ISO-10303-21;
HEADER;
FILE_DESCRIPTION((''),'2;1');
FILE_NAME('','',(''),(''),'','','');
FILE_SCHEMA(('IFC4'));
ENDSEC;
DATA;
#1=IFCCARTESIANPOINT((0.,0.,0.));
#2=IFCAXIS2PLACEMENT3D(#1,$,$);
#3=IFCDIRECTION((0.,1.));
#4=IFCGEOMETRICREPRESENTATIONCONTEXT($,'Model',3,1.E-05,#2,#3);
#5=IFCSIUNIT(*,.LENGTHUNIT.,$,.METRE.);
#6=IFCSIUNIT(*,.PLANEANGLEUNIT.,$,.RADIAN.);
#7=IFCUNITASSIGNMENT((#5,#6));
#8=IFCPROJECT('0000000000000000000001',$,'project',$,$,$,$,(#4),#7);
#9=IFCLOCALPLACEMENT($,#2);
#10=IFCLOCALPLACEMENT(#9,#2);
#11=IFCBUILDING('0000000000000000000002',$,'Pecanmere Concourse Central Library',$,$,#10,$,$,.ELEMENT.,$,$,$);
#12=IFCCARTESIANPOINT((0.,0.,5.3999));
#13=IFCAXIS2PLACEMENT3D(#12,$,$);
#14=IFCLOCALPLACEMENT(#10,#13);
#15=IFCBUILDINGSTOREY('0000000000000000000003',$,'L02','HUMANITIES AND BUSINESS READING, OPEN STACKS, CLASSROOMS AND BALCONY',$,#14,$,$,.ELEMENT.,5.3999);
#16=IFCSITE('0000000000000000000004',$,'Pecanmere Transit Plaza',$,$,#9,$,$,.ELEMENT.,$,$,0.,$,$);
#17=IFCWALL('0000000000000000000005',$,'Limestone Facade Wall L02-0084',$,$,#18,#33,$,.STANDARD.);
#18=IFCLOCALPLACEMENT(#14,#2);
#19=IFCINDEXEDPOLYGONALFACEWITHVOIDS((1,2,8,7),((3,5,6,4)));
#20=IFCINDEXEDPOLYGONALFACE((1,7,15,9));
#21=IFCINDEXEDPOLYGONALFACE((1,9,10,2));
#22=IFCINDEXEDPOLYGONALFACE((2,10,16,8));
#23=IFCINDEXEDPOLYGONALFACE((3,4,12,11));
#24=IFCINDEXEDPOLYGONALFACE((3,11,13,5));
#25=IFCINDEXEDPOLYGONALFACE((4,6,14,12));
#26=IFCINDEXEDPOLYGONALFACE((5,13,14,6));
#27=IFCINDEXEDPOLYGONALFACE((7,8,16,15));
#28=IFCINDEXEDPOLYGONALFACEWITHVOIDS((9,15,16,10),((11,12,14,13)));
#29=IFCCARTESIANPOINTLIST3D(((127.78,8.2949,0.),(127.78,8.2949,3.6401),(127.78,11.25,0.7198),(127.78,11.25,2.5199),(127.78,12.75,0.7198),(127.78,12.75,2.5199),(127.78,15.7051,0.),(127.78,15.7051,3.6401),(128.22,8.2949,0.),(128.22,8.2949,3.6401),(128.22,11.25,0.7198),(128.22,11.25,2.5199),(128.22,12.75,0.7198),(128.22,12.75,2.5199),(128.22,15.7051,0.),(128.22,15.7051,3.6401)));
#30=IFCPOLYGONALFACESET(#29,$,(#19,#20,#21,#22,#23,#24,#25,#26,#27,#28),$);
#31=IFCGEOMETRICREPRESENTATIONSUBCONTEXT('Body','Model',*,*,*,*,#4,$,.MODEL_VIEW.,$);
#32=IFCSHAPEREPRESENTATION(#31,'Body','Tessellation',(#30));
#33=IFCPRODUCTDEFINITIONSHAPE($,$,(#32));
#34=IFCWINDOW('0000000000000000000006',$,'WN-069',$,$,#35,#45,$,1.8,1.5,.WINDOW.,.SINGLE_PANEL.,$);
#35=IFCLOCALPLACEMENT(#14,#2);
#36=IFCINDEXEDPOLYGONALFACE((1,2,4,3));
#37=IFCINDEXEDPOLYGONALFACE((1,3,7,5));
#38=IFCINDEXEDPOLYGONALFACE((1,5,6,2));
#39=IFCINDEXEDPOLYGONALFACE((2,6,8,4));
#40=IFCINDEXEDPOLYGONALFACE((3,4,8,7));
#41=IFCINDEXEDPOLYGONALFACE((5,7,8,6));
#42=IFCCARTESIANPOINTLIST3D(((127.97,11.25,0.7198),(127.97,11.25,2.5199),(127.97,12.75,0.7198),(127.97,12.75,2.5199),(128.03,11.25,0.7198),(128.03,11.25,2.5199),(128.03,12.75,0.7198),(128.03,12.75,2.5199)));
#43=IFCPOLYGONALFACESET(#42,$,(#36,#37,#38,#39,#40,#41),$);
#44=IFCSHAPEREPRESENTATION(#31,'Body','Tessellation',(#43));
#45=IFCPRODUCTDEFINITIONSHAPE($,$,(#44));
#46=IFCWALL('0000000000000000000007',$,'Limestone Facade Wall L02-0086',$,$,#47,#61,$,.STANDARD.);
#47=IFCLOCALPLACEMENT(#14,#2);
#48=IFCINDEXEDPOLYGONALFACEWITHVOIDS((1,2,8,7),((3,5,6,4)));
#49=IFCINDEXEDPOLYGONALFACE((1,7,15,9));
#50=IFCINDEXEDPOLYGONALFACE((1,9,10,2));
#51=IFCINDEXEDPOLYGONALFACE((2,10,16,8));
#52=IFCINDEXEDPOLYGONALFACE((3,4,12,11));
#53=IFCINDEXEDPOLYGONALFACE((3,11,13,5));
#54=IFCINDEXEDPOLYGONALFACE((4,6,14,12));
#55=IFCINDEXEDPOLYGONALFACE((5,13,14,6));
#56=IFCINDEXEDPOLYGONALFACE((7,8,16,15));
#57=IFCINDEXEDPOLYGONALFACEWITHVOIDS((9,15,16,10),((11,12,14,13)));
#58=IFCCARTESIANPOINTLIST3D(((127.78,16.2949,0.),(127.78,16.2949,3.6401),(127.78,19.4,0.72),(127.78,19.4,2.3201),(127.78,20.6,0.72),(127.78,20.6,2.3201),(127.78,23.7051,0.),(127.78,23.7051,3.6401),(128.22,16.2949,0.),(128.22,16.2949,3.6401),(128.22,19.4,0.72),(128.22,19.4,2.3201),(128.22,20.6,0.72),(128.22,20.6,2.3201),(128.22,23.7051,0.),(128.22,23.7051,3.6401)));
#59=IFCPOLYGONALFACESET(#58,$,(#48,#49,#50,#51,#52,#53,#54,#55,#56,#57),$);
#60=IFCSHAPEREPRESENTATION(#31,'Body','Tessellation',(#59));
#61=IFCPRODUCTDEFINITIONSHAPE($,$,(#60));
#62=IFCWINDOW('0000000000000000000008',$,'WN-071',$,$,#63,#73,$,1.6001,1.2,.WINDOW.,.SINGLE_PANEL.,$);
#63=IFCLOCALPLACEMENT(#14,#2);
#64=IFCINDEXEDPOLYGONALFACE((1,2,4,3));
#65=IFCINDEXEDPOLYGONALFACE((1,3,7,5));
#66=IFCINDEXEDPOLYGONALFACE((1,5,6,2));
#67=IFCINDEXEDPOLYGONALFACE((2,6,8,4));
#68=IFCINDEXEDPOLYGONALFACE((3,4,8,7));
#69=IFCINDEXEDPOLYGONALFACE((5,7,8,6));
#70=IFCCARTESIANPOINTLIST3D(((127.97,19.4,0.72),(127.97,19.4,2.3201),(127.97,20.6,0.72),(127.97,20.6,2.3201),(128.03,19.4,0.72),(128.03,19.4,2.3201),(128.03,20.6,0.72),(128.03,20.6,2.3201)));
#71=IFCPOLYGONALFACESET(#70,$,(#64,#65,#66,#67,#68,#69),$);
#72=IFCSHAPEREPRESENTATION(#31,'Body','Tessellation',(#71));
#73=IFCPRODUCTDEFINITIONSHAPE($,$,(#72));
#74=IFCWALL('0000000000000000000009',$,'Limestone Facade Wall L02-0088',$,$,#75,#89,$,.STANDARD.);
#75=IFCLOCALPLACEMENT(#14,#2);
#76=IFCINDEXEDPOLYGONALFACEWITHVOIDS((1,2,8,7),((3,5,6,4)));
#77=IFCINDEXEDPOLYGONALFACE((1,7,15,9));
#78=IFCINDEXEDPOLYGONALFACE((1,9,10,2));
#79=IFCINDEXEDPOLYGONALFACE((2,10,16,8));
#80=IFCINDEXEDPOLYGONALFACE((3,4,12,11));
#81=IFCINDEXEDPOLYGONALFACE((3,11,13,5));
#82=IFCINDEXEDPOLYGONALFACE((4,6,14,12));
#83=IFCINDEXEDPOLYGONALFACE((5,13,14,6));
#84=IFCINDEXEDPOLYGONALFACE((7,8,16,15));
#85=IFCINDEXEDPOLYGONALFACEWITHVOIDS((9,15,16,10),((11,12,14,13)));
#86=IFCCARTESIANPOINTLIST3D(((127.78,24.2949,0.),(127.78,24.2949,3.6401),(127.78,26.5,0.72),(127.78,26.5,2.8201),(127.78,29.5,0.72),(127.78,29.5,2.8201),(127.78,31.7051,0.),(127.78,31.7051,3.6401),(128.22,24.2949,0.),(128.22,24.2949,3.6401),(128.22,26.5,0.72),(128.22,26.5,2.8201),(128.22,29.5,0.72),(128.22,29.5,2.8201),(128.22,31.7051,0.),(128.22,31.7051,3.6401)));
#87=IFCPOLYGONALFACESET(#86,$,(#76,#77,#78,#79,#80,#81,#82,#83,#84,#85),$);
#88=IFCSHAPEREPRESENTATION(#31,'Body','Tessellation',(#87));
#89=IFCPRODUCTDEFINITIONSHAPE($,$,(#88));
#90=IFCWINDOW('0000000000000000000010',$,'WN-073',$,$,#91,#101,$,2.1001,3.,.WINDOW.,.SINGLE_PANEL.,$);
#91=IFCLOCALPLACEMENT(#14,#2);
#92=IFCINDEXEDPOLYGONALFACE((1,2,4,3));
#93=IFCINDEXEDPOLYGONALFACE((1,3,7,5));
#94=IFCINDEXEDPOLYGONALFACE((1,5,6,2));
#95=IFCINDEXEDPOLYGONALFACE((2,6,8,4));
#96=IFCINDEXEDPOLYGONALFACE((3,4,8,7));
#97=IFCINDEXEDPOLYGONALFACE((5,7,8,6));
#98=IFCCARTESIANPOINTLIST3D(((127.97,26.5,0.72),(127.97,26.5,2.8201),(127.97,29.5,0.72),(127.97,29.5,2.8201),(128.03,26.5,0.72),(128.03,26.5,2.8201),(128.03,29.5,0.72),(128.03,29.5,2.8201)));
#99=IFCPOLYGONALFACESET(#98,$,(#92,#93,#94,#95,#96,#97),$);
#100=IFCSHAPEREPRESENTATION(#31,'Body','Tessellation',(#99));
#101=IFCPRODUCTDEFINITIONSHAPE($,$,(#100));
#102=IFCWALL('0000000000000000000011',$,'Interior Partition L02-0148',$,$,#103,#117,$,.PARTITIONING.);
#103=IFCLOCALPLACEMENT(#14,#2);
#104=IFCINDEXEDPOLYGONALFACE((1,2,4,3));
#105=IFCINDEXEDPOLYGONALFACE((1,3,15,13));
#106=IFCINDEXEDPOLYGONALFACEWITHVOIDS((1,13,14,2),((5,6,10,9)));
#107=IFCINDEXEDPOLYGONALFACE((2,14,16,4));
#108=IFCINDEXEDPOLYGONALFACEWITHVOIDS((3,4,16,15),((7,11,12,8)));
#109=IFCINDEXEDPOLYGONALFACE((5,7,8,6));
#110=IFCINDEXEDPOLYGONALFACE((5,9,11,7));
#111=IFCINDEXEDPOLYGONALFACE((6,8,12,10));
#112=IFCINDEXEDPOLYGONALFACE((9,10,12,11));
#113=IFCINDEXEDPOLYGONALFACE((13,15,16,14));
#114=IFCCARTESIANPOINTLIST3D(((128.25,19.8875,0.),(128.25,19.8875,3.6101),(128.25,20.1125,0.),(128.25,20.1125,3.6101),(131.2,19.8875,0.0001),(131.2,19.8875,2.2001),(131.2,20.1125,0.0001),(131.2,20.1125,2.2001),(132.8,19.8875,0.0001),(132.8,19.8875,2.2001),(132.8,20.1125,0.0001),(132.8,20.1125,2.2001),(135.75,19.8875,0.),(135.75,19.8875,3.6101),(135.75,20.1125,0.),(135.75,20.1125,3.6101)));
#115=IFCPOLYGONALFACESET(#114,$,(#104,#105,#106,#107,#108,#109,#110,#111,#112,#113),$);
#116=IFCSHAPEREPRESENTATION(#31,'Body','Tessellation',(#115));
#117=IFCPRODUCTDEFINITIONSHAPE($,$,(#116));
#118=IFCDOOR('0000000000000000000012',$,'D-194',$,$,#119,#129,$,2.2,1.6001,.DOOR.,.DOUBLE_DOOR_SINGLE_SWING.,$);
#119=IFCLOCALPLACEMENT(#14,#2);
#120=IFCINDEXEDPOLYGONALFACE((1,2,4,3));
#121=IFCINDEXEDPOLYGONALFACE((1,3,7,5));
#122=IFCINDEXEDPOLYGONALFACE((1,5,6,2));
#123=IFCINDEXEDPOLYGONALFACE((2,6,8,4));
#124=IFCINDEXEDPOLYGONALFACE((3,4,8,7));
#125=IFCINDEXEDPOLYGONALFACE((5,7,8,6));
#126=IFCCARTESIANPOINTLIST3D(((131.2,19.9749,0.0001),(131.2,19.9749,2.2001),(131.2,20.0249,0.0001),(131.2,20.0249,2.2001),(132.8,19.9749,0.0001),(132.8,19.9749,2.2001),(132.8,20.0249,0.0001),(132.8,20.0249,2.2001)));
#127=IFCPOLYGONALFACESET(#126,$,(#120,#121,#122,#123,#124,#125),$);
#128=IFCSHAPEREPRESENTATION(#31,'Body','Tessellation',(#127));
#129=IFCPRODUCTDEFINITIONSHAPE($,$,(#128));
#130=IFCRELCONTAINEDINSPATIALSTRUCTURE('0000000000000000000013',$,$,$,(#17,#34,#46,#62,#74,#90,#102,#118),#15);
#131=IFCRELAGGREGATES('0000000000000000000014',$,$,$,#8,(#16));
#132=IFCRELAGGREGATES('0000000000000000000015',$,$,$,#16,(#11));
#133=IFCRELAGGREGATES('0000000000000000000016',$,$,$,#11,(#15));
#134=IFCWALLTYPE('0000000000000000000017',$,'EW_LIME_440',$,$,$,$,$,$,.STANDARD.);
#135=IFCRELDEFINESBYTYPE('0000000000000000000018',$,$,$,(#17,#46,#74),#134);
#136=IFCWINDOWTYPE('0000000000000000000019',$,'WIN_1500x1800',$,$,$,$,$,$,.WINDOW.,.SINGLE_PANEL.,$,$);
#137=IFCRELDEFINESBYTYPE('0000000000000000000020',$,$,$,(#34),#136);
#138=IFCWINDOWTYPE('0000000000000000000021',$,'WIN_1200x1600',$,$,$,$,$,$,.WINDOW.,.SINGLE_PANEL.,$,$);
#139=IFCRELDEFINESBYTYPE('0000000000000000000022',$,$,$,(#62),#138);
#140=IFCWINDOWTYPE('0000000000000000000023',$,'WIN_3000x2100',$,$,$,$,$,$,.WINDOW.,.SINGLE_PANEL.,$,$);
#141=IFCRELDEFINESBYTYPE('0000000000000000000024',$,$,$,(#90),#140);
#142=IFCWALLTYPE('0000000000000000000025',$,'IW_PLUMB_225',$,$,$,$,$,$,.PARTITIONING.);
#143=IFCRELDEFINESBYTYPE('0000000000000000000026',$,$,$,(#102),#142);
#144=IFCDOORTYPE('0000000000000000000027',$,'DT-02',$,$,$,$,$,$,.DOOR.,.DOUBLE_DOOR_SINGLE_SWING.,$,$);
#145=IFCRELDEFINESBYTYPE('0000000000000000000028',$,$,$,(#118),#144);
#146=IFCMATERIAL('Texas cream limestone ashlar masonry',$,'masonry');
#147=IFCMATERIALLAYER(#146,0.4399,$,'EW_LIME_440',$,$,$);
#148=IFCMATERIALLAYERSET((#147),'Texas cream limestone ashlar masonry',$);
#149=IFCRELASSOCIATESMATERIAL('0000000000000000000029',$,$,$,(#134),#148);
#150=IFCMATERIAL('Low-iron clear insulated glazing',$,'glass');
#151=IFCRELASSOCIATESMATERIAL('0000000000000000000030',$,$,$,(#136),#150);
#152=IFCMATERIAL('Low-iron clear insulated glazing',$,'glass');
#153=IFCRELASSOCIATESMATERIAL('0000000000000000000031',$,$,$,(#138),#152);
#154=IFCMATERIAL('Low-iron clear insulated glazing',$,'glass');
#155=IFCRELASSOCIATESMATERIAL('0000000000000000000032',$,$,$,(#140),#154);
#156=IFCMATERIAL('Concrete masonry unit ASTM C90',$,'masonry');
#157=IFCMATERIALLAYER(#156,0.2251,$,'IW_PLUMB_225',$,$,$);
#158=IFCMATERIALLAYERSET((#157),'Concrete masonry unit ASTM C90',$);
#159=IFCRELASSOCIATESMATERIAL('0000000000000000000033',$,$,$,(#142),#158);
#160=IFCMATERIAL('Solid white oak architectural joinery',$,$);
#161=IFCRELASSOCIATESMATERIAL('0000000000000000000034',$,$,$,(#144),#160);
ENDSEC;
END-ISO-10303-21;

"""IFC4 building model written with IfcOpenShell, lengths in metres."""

from ifc_helpers import new_model, si_unit, direction, frame, frame_2d, origin, place, context, subcontext, project, spatial, rectangle, extrude, material, layer, layer_set, type_object, element, fill, save


model = new_model("IFC4")

# Units and contexts
model_context = context("Model", 3, precision=1e-05, world=origin(), true_north=direction((0.0, 1.0)))
body_context = subcontext(model_context, "Body", "Model", "MODEL_VIEW")
ifc_project = project(units=[si_unit("LENGTHUNIT", "METRE"), si_unit("PLANEANGLEUNIT", "RADIAN")], contexts=[model_context])

# Site, building, storey
site_placement = place(None, origin())
site = spatial("IfcSite", under=ifc_project, at=site_placement, Name="Pecanmere Transit Plaza", CompositionType="ELEMENT", RefElevation=0.0)
building_placement = place(site_placement, origin())
building = spatial("IfcBuilding", under=site, at=building_placement, Name="Pecanmere Concourse Central Library", CompositionType="ELEMENT")
storey_placement = place(building_placement, frame((0.0, 0.0, 5.3999)))
storey = spatial("IfcBuildingStorey", under=building, at=storey_placement, Name="L02", Description="HUMANITIES AND BUSINESS READING, OPEN STACKS, CLASSROOMS AND BALCONY", CompositionType="ELEMENT", Elevation=5.3999)

# Walls, openings, windows
ifc_material_1 = material(Name="Texas cream limestone ashlar masonry", Category="masonry")
ifc_layer_1 = layer(ifc_material_1, 0.4399, Name="EW_LIME_440")
ifc_layer_set_1 = layer_set([ifc_layer_1], Name="Texas cream limestone ashlar masonry")
wall_type_1 = type_object("IfcWallType", Name="EW_LIME_440", PredefinedType="STANDARD", material=ifc_layer_set_1)
wall_1_placement = place(storey_placement, frame((128.0, 15.7051, 0.0), z_axis=(0.0, 0.0, 1.0), x_axis=(0.0, -1.0, 0.0)))
wall_1 = element("IfcWall", 1, at=wall_1_placement, inside=storey, type_object=wall_type_1, Name="Limestone Facade Wall L02-0084", PredefinedType="STANDARD", context=body_context, shape_type="SweptSolid", body=[
    extrude(rectangle(XDim=7.4102, YDim=0.4399, at=frame_2d((3.7051, 0.0))), origin(), (0.0, 0.0, 1.0), 3.6401),
])
opening_1_placement = place(wall_1_placement, frame((2.9551, 0.0, 0.72)))
opening_1 = element("IfcOpeningElement", 2, at=opening_1_placement, cuts=wall_1, PredefinedType="OPENING", context=body_context, shape_type="SweptSolid", body=[
    extrude(rectangle(XDim=1.5, YDim=1.8, at=frame_2d((0.75, 0.8999))), frame((0.0, 0.2319, 0.0), z_axis=(0.0, -1.0, 0.0), x_axis=(1.0, 0.0, 0.0)), (0.0, 0.0, 1.0), 0.4639),
])
ifc_material_2 = material(Name="Low-iron clear insulated glazing", Category="glass")
window_type_1 = type_object("IfcWindowType", Name="WIN_1500x1800", PartitioningType="SINGLE_PANEL", PredefinedType="WINDOW", material=ifc_material_2)
window_1_placement = place(opening_1_placement, origin())
window_1 = element("IfcWindow", 3, at=window_1_placement, inside=storey, type_object=window_type_1, Name="WN-069", OverallHeight=1.8, OverallWidth=1.5, PartitioningType="SINGLE_PANEL", PredefinedType="WINDOW", context=body_context, shape_type="SweptSolid", body=[
    extrude(rectangle(XDim=1.5, YDim=1.8, at=frame_2d((0.75, 0.8999))), frame((0.0, 0.03, 0.0), z_axis=(0.0, -1.0, 0.0), x_axis=(1.0, 0.0, 0.0)), (0.0, 0.0, 1.0), 0.0601),
])
fill(opening_1, window_1)
wall_2_placement = place(storey_placement, frame((128.0, 23.7051, 0.0), z_axis=(0.0, 0.0, 1.0), x_axis=(0.0, -1.0, 0.0)))
wall_2 = element("IfcWall", 4, at=wall_2_placement, inside=storey, type_object=wall_type_1, Name="Limestone Facade Wall L02-0086", PredefinedType="STANDARD", context=body_context, shape_type="SweptSolid", body=[
    extrude(rectangle(XDim=7.4102, YDim=0.4399, at=frame_2d((3.7051, 0.0))), origin(), (0.0, 0.0, 1.0), 3.6401),
])
opening_2_placement = place(wall_2_placement, frame((3.105, 0.0, 0.72)))
opening_2 = element("IfcOpeningElement", 5, at=opening_2_placement, cuts=wall_2, PredefinedType="OPENING", context=body_context, shape_type="SweptSolid", body=[
    extrude(rectangle(XDim=1.2, YDim=1.6001, at=frame_2d((0.6001, 0.8))), frame((0.0, 0.2319, 0.0), z_axis=(0.0, -1.0, 0.0), x_axis=(1.0, 0.0, 0.0)), (0.0, 0.0, 1.0), 0.4639),
])
ifc_material_3 = material(Name="Low-iron clear insulated glazing", Category="glass")
window_type_2 = type_object("IfcWindowType", Name="WIN_1200x1600", PartitioningType="SINGLE_PANEL", PredefinedType="WINDOW", material=ifc_material_3)
window_2_placement = place(opening_2_placement, origin())
window_2 = element("IfcWindow", 6, at=window_2_placement, inside=storey, type_object=window_type_2, Name="WN-071", OverallHeight=1.6001, OverallWidth=1.2, PartitioningType="SINGLE_PANEL", PredefinedType="WINDOW", context=body_context, shape_type="SweptSolid", body=[
    extrude(rectangle(XDim=1.2, YDim=1.6001, at=frame_2d((0.6001, 0.8))), frame((0.0, 0.03, 0.0), z_axis=(0.0, -1.0, 0.0), x_axis=(1.0, 0.0, 0.0)), (0.0, 0.0, 1.0), 0.0601),
])
fill(opening_2, window_2)
wall_3_placement = place(storey_placement, frame((128.0, 31.7051, 0.0), z_axis=(0.0, 0.0, 1.0), x_axis=(0.0, -1.0, 0.0)))
wall_3 = element("IfcWall", 7, at=wall_3_placement, inside=storey, type_object=wall_type_1, Name="Limestone Facade Wall L02-0088", PredefinedType="STANDARD", context=body_context, shape_type="SweptSolid", body=[
    extrude(rectangle(XDim=7.4102, YDim=0.4399, at=frame_2d((3.7051, 0.0))), origin(), (0.0, 0.0, 1.0), 3.6401),
])
opening_3_placement = place(wall_3_placement, frame((2.2051, 0.0, 0.72)))
opening_3 = element("IfcOpeningElement", 8, at=opening_3_placement, cuts=wall_3, PredefinedType="OPENING", context=body_context, shape_type="SweptSolid", body=[
    extrude(rectangle(XDim=3.0, YDim=2.1001, at=frame_2d((1.5, 1.05))), frame((0.0, 0.2319, 0.0), z_axis=(0.0, -1.0, 0.0), x_axis=(1.0, 0.0, 0.0)), (0.0, 0.0, 1.0), 0.4639),
])
ifc_material_4 = material(Name="Low-iron clear insulated glazing", Category="glass")
window_type_3 = type_object("IfcWindowType", Name="WIN_3000x2100", PartitioningType="SINGLE_PANEL", PredefinedType="WINDOW", material=ifc_material_4)
window_3_placement = place(opening_3_placement, origin())
window_3 = element("IfcWindow", 9, at=window_3_placement, inside=storey, type_object=window_type_3, Name="WN-073", OverallHeight=2.1001, OverallWidth=3.0, PartitioningType="SINGLE_PANEL", PredefinedType="WINDOW", context=body_context, shape_type="SweptSolid", body=[
    extrude(rectangle(XDim=3.0, YDim=2.1001, at=frame_2d((1.5, 1.05))), frame((0.0, 0.03, 0.0), z_axis=(0.0, -1.0, 0.0), x_axis=(1.0, 0.0, 0.0)), (0.0, 0.0, 1.0), 0.0601),
])
fill(opening_3, window_3)

# Wall, opening, door
ifc_material_5 = material(Name="Concrete masonry unit ASTM C90", Category="masonry")
ifc_layer_2 = layer(ifc_material_5, 0.2251, Name="IW_PLUMB_225")
ifc_layer_set_2 = layer_set([ifc_layer_2], Name="Concrete masonry unit ASTM C90")
wall_type_2 = type_object("IfcWallType", Name="IW_PLUMB_225", PredefinedType="PARTITIONING", material=ifc_layer_set_2)
wall_4_placement = place(storey_placement, frame((128.25, 20.0, 0.0), z_axis=(0.0, 0.0, 1.0), x_axis=(1.0, 0.0, 0.0)))
wall_4 = element("IfcWall", 10, at=wall_4_placement, inside=storey, type_object=wall_type_2, Name="Interior Partition L02-0148", PredefinedType="PARTITIONING", context=body_context, shape_type="SweptSolid", body=[
    extrude(rectangle(XDim=7.5, YDim=0.2251, at=frame_2d((3.75, 0.0))), origin(), (0.0, 0.0, 1.0), 3.6101),
])
opening_4_placement = place(wall_4_placement, frame((2.95, 0.0, 0.0)))
opening_4 = element("IfcOpeningElement", 11, at=opening_4_placement, cuts=wall_4, PredefinedType="OPENING", context=body_context, shape_type="SweptSolid", body=[
    extrude(rectangle(XDim=1.6001, YDim=2.2, at=frame_2d((0.8, 1.1001))), frame((0.0, 0.1245, 0.0), z_axis=(0.0, -1.0, 0.0), x_axis=(1.0, 0.0, 0.0)), (0.0, 0.0, 1.0), 0.249),
])
ifc_material_6 = material(Name="Solid white oak architectural joinery")
door_type = type_object("IfcDoorType", Name="DT-02", OperationType="DOUBLE_DOOR_SINGLE_SWING", PredefinedType="DOOR", material=ifc_material_6)
door_placement = place(opening_4_placement, origin())
door = element("IfcDoor", 12, at=door_placement, inside=storey, type_object=door_type, Name="D-194", OperationType="DOUBLE_DOOR_SINGLE_SWING", OverallHeight=2.2, OverallWidth=1.6001, PredefinedType="DOOR", context=body_context, shape_type="SweptSolid", body=[
    extrude(rectangle(XDim=1.6001, YDim=2.2, at=frame_2d((0.8, 1.1001))), frame((0.0, 0.0249, 0.0), z_axis=(0.0, -1.0, 0.0), x_axis=(1.0, 0.0, 0.0)), (0.0, 0.0, 1.0), 0.05),
])
fill(opening_4, door)

save(model, "model.ifc")
